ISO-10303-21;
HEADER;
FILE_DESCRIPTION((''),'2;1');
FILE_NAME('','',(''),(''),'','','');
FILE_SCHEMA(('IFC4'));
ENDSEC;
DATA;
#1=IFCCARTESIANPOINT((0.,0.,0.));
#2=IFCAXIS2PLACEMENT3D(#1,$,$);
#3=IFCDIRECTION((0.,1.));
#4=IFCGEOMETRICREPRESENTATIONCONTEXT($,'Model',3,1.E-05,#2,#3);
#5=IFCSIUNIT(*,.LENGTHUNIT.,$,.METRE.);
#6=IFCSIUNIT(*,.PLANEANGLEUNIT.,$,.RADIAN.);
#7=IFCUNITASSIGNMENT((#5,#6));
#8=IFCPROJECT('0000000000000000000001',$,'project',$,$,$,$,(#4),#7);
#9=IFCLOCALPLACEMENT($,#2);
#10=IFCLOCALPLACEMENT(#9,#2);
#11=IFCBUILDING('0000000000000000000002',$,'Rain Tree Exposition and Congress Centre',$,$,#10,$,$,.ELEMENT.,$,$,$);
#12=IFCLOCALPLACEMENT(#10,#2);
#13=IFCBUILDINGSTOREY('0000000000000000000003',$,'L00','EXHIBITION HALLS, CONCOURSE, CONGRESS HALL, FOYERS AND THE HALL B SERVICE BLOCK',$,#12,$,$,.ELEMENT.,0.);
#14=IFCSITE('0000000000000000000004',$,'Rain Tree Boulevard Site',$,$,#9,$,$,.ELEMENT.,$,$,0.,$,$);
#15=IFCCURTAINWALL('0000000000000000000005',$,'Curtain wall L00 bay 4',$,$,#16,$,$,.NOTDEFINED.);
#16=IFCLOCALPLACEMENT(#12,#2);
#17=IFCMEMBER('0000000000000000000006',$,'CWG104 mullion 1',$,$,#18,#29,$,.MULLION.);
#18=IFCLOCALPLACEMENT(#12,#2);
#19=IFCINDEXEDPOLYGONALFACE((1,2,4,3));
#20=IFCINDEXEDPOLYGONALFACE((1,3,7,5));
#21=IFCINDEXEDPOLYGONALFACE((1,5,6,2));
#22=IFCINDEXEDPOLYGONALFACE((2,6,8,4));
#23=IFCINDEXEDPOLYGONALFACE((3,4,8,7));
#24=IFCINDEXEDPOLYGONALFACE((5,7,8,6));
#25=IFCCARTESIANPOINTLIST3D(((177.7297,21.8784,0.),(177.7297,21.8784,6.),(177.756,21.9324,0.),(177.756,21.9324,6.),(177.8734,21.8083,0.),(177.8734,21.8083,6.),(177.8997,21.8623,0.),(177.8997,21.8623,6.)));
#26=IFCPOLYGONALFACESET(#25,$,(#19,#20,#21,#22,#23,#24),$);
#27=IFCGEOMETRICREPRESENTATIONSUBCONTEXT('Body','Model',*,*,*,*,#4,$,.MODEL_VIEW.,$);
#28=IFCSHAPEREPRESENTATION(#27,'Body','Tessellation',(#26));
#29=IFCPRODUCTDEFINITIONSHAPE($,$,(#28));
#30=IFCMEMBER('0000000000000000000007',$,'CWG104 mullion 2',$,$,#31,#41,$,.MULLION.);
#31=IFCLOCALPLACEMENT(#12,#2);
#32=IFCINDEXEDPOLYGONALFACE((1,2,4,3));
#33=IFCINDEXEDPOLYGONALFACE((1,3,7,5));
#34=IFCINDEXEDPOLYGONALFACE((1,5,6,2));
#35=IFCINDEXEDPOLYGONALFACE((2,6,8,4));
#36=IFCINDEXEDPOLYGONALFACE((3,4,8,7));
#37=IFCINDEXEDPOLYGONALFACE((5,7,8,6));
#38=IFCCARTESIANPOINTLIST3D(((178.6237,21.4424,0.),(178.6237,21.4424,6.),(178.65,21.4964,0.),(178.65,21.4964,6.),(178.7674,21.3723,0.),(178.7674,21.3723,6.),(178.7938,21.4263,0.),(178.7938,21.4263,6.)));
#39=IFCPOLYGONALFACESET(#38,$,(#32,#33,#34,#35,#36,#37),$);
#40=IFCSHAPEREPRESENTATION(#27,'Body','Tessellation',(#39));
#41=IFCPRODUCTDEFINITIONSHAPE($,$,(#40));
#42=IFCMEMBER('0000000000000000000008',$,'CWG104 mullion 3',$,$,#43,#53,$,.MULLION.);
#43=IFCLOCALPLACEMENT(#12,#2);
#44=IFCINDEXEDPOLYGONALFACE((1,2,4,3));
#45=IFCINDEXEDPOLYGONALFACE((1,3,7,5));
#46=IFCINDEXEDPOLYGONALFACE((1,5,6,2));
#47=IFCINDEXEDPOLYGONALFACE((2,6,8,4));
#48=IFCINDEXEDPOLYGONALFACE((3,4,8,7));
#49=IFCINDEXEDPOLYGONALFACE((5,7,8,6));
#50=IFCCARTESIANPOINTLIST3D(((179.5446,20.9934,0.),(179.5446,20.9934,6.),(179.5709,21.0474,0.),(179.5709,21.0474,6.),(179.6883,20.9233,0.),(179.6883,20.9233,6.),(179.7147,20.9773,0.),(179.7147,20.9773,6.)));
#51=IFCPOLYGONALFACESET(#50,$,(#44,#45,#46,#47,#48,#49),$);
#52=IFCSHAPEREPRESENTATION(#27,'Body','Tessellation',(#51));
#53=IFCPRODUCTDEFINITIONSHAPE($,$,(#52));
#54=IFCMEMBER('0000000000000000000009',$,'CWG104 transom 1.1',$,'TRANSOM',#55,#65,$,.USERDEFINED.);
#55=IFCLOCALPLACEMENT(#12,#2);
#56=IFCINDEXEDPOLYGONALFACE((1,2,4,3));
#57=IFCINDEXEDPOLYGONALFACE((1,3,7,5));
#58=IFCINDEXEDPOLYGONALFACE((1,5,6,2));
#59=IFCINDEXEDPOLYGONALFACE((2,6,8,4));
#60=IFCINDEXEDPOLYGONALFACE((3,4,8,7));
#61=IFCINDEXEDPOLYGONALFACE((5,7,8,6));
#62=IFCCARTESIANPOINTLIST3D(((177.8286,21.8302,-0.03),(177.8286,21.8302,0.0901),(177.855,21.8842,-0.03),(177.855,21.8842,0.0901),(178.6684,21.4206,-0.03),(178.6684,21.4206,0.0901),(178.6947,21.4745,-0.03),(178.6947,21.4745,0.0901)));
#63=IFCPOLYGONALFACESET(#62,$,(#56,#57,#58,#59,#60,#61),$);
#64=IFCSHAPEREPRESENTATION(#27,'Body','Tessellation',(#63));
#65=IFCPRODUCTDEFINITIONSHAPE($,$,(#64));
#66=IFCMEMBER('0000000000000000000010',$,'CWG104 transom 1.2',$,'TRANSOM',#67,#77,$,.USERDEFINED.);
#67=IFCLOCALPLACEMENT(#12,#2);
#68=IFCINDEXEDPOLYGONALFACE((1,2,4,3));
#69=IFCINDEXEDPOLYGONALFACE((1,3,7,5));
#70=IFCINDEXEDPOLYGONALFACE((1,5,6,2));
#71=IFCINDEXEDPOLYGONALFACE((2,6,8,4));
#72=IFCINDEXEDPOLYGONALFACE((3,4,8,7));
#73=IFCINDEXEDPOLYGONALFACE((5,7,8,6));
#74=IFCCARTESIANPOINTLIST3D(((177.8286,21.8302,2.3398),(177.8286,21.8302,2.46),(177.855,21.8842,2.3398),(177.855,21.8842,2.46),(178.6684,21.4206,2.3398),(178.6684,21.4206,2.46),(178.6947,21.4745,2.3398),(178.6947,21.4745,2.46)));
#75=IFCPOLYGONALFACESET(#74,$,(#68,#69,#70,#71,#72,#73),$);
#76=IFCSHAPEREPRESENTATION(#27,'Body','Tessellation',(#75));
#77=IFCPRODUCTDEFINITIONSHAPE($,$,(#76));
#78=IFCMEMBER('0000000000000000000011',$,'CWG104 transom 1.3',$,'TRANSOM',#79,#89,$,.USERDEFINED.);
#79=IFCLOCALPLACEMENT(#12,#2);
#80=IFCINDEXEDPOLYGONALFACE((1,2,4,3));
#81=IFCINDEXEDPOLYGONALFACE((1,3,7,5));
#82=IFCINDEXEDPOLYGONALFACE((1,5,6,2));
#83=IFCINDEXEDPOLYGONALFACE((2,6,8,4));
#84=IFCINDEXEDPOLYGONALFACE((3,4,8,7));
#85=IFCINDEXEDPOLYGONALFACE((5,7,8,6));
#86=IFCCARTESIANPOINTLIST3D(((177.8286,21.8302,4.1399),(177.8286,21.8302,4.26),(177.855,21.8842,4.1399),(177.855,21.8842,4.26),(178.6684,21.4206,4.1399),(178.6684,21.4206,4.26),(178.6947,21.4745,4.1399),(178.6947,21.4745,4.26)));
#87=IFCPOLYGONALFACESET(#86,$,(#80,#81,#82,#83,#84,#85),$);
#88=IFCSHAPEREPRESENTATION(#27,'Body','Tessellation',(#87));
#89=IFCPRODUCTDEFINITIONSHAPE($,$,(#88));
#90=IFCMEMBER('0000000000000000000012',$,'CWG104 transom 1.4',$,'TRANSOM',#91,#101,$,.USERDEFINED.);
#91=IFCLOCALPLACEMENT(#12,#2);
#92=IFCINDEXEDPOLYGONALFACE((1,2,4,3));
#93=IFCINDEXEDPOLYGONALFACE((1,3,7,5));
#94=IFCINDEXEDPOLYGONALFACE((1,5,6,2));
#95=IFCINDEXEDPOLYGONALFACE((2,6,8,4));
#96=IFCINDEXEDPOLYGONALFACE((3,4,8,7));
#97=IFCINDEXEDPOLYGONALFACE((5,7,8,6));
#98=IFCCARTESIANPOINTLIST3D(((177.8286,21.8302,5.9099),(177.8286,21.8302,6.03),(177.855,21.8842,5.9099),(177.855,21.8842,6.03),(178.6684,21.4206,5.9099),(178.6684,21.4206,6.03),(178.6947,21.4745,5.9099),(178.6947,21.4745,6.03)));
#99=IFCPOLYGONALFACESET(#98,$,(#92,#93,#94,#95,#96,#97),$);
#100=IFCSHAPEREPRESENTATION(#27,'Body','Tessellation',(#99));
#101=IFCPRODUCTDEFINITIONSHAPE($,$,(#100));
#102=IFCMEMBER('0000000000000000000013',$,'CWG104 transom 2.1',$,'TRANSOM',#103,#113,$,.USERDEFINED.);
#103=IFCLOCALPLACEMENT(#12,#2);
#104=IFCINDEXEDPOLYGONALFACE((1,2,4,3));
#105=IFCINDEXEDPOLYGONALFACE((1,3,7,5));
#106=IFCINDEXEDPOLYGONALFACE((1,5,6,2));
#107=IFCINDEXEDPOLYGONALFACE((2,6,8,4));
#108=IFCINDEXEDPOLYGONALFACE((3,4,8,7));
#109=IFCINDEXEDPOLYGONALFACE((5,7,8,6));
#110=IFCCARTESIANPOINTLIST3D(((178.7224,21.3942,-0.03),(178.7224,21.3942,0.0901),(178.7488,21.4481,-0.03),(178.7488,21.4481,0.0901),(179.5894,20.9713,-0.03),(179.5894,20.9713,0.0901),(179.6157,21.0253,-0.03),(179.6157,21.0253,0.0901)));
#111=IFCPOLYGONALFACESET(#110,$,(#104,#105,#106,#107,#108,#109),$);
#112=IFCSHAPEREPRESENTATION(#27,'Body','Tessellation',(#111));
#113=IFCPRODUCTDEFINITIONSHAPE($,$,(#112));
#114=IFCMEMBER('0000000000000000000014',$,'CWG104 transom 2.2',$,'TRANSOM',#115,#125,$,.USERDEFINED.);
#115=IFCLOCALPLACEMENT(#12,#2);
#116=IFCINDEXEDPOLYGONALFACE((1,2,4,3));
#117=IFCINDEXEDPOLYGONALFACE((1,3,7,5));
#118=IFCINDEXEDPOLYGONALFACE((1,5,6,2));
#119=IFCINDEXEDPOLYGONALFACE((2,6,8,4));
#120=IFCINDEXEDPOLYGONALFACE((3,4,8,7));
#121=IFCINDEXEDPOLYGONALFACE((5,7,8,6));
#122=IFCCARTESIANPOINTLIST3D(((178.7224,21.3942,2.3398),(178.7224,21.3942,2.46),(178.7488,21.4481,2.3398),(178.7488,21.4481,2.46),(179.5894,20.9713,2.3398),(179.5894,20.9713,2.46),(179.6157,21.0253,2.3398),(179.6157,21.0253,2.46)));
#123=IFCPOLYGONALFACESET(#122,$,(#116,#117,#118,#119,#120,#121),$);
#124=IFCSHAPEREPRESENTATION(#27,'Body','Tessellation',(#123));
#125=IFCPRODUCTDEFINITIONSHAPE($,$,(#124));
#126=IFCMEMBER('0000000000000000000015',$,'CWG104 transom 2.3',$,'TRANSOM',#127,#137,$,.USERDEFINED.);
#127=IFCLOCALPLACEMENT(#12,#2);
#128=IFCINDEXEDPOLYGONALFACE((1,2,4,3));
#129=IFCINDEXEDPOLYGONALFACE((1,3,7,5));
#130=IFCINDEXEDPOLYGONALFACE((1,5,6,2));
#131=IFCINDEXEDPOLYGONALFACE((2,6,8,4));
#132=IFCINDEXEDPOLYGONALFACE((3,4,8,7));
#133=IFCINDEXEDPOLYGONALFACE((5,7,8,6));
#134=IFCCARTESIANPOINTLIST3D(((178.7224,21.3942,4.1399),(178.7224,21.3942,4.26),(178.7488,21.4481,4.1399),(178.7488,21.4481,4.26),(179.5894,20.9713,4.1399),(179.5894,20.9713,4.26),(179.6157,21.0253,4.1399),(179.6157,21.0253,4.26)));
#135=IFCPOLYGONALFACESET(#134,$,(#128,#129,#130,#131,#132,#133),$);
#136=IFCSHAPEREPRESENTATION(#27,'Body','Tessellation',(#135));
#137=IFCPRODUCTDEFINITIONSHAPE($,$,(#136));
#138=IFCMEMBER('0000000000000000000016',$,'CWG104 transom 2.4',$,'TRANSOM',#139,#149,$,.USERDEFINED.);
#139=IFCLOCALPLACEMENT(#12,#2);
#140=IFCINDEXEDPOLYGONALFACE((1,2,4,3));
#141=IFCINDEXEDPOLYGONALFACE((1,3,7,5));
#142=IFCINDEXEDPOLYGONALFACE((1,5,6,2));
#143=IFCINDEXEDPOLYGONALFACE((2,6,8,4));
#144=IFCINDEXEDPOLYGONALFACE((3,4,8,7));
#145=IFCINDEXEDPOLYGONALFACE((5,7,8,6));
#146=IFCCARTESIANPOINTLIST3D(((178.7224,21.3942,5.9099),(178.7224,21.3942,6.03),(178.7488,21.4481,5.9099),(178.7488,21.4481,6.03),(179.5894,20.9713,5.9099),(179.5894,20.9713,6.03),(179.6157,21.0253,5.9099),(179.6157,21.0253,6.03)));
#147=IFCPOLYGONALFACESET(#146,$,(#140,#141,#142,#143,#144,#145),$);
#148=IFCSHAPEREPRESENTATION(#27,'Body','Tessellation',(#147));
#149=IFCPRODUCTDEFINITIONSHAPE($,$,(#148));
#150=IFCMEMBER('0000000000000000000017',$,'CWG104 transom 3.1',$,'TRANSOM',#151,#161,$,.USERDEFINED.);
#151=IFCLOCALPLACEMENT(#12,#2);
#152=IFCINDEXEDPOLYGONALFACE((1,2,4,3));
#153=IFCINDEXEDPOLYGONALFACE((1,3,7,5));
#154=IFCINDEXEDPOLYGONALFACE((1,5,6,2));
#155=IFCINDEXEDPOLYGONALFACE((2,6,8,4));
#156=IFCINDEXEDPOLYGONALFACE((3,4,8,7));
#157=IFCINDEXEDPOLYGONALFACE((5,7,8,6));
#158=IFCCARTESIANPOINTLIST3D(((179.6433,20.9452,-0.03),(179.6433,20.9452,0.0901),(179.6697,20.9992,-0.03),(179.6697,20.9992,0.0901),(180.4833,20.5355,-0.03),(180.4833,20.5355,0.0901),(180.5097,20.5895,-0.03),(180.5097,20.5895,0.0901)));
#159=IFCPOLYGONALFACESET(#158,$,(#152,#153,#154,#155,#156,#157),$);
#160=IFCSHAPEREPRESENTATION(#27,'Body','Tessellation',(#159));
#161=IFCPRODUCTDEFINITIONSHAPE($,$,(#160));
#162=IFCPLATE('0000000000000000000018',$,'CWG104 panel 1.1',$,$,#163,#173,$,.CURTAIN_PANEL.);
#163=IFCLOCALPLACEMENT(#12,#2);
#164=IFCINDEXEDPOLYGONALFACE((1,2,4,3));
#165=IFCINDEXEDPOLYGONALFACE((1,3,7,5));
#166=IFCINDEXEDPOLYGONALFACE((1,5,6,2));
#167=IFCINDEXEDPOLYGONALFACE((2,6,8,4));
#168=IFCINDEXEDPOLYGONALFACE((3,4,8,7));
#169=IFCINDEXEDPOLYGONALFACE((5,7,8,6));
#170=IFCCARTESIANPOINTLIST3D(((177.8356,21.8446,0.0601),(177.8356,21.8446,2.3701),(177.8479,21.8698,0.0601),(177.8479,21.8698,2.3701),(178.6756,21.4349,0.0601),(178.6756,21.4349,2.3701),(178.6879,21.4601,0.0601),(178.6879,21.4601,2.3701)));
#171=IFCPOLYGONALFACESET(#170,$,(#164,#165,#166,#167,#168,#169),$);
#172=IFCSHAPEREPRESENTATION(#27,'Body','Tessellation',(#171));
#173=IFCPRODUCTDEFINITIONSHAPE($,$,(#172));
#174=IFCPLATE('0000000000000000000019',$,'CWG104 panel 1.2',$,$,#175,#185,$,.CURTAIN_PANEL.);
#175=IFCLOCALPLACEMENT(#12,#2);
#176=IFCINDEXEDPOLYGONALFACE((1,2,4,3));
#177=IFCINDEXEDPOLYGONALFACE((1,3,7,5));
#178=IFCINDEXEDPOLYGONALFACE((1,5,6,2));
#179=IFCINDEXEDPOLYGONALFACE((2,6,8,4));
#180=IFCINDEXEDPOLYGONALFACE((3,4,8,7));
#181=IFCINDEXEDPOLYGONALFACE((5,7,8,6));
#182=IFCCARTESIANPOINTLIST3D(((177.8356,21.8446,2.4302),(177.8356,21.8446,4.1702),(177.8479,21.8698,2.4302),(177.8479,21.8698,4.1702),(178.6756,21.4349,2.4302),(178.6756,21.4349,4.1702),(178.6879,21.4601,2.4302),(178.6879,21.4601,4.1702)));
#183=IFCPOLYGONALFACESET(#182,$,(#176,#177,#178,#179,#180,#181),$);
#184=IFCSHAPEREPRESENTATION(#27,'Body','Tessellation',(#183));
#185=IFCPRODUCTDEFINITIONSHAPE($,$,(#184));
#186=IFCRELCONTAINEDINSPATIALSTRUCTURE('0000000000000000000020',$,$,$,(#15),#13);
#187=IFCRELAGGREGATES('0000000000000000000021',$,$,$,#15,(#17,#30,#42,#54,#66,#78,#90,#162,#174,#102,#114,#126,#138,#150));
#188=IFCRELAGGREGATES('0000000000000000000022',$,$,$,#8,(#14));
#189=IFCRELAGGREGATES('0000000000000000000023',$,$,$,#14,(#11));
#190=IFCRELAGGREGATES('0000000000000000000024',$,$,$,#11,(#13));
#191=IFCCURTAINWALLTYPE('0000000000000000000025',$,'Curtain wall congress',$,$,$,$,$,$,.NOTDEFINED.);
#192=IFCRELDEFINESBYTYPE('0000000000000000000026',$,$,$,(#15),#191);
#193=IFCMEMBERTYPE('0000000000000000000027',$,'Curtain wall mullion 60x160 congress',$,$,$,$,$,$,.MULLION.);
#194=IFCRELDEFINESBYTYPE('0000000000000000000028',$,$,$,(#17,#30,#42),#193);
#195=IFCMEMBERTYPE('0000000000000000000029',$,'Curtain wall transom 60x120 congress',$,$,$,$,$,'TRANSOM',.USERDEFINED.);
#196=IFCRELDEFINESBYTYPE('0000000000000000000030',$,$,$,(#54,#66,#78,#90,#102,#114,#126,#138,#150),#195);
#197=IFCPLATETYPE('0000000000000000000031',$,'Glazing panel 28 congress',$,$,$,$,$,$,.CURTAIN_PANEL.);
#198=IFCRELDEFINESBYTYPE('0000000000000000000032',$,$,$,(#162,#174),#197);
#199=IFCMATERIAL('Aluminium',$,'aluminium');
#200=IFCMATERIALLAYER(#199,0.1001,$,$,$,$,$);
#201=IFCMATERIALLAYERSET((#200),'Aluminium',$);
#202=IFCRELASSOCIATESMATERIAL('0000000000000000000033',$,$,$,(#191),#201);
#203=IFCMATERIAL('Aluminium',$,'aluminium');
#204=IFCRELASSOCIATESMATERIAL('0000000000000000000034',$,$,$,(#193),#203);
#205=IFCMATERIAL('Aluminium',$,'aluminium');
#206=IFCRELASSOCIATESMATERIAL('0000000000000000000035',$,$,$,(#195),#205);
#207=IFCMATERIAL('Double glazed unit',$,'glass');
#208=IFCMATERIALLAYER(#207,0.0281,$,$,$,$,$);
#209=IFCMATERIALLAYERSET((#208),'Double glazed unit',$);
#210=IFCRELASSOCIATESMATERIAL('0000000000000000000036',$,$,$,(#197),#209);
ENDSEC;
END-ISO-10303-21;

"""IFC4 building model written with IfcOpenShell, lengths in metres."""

from ifc_helpers import new_model, si_unit, direction, frame, origin, origin_2d, place, context, subcontext, project, spatial, rectangle, extrude, material, layer, layer_set, material_profile, profile_set, type_object, element, aggregate, save


model = new_model("IFC4")

# Units and contexts
model_context = context("Model", 3, precision=1e-05, world=origin(), true_north=direction((0.0, 1.0)))
body_context = subcontext(model_context, "Body", "Model", "MODEL_VIEW")
ifc_project = project(units=[si_unit("LENGTHUNIT", "METRE"), si_unit("PLANEANGLEUNIT", "RADIAN")], contexts=[model_context])

# Site, building, storey
site_placement = place(None, origin())
site = spatial("IfcSite", under=ifc_project, at=site_placement, Name="Rain Tree Boulevard Site", CompositionType="ELEMENT", RefElevation=0.0)
building_placement = place(site_placement, origin())
building = spatial("IfcBuilding", under=site, at=building_placement, Name="Rain Tree Exposition and Congress Centre", CompositionType="ELEMENT")
storey_placement = place(building_placement, origin())
storey = spatial("IfcBuildingStorey", under=building, at=storey_placement, Name="L00", Description="EXHIBITION HALLS, CONCOURSE, CONGRESS HALL, FOYERS AND THE HALL B SERVICE BLOCK", CompositionType="ELEMENT", Elevation=0.0)

# Curtain wall, members, plates
ifc_material_1 = material(Name="Aluminium", Category="aluminium")
ifc_layer_1 = layer(ifc_material_1, 0.1001)
ifc_layer_set_1 = layer_set([ifc_layer_1], Name="Aluminium")
curtain_wall_type = type_object("IfcCurtainWallType", Name="Curtain wall congress", PredefinedType="NOTDEFINED", material=ifc_layer_set_1)
curtain_wall_placement = place(storey_placement, origin())
curtain_wall = element("IfcCurtainWall", 1, at=curtain_wall_placement, inside=storey, type_object=curtain_wall_type, Name="Curtain wall L00 bay 4", PredefinedType="NOTDEFINED")
ifc_material_2 = material(Name="Aluminium", Category="aluminium")
ifc_material_profile_1 = material_profile(ifc_material_2, rectangle(XDim=0.0601, YDim=0.1599, at=origin_2d()), Name="AL 60x160")
ifc_profile_set_1 = profile_set([ifc_material_profile_1], Name="Aluminium")
member_type_1 = type_object("IfcMemberType", Name="Curtain wall mullion 60x160 congress", PredefinedType="MULLION", material=ifc_profile_set_1)
member_1_placement = place(storey_placement, frame((177.8147, 21.8704, 0.0), z_axis=(0.0, 0.0, 1.0), x_axis=(0.438369, 0.898795, 0.0)))
member_1 = element("IfcMember", 2, at=member_1_placement, type_object=member_type_1, Name="CWG104 mullion 1", PredefinedType="MULLION", context=body_context, shape_type="SweptSolid", body=[
    extrude(rectangle(XDim=0.0601, YDim=0.1599, at=origin_2d()), origin(), (0.0, 0.0, 1.0), 6.0),
])
member_2_placement = place(storey_placement, frame((178.7087, 21.4343, 0.0), z_axis=(0.0, 0.0, 1.0), x_axis=(0.438369, 0.898795, 0.0)))
member_2 = element("IfcMember", 3, at=member_2_placement, type_object=member_type_1, Name="CWG104 mullion 2", PredefinedType="MULLION", context=body_context, shape_type="SweptSolid", body=[
    extrude(rectangle(XDim=0.0601, YDim=0.1599, at=origin_2d()), origin(), (0.0, 0.0, 1.0), 6.0),
])
member_3_placement = place(storey_placement, frame((179.6296, 20.9854, 0.0), z_axis=(0.0, 0.0, 1.0), x_axis=(0.438369, 0.898795, 0.0)))
member_3 = element("IfcMember", 4, at=member_3_placement, type_object=member_type_1, Name="CWG104 mullion 3", PredefinedType="MULLION", context=body_context, shape_type="SweptSolid", body=[
    extrude(rectangle(XDim=0.0601, YDim=0.1599, at=origin_2d()), origin(), (0.0, 0.0, 1.0), 6.0),
])
ifc_material_3 = material(Name="Aluminium", Category="aluminium")
ifc_material_profile_2 = material_profile(ifc_material_3, rectangle(XDim=0.0601, YDim=0.1201, at=origin_2d()), Name="AL 60x120")
ifc_profile_set_2 = profile_set([ifc_material_profile_2], Name="Aluminium")
member_type_2 = type_object("IfcMemberType", Name="Curtain wall transom 60x120 congress", ElementType="TRANSOM", PredefinedType="USERDEFINED", material=ifc_profile_set_2)
member_4_placement = place(storey_placement, frame((177.8418, 21.8572, 0.03), z_axis=(0.898773, -0.438413, 0.0), x_axis=(0.438413, 0.898773, 0.0)))
member_4 = element("IfcMember", 5, at=member_4_placement, type_object=member_type_2, Name="CWG104 transom 1.1", ObjectType="TRANSOM", PredefinedType="USERDEFINED", context=body_context, shape_type="SweptSolid", body=[
    extrude(rectangle(XDim=0.0601, YDim=0.1201, at=origin_2d()), origin(), (0.0, 0.0, 1.0), 0.9343),
])
member_5_placement = place(storey_placement, frame((177.8418, 21.8572, 2.3999), z_axis=(0.898773, -0.438413, 0.0), x_axis=(0.438413, 0.898773, 0.0)))
member_5 = element("IfcMember", 6, at=member_5_placement, type_object=member_type_2, Name="CWG104 transom 1.2", ObjectType="TRANSOM", PredefinedType="USERDEFINED", context=body_context, shape_type="SweptSolid", body=[
    extrude(rectangle(XDim=0.0601, YDim=0.1201, at=origin_2d()), origin(), (0.0, 0.0, 1.0), 0.9343),
])
member_6_placement = place(storey_placement, frame((177.8418, 21.8572, 4.2), z_axis=(0.898773, -0.438413, 0.0), x_axis=(0.438413, 0.898773, 0.0)))
member_6 = element("IfcMember", 7, at=member_6_placement, type_object=member_type_2, Name="CWG104 transom 1.3", ObjectType="TRANSOM", PredefinedType="USERDEFINED", context=body_context, shape_type="SweptSolid", body=[
    extrude(rectangle(XDim=0.0601, YDim=0.1201, at=origin_2d()), origin(), (0.0, 0.0, 1.0), 0.9343),
])
member_7_placement = place(storey_placement, frame((177.8418, 21.8572, 5.97), z_axis=(0.898773, -0.438413, 0.0), x_axis=(0.438413, 0.898773, 0.0)))
member_7 = element("IfcMember", 8, at=member_7_placement, type_object=member_type_2, Name="CWG104 transom 1.4", ObjectType="TRANSOM", PredefinedType="USERDEFINED", context=body_context, shape_type="SweptSolid", body=[
    extrude(rectangle(XDim=0.0601, YDim=0.1201, at=origin_2d()), origin(), (0.0, 0.0, 1.0), 0.9343),
])
member_8_placement = place(storey_placement, frame((178.7356, 21.4211, 0.03), z_axis=(0.898788, -0.438384, 0.0), x_axis=(0.438384, 0.898788, 0.0)))
member_8 = element("IfcMember", 9, at=member_8_placement, type_object=member_type_2, Name="CWG104 transom 2.1", ObjectType="TRANSOM", PredefinedType="USERDEFINED", context=body_context, shape_type="SweptSolid", body=[
    extrude(rectangle(XDim=0.0601, YDim=0.1201, at=origin_2d()), origin(), (0.0, 0.0, 1.0), 0.9646),
])
member_9_placement = place(storey_placement, frame((178.7356, 21.4211, 2.3999), z_axis=(0.898788, -0.438384, 0.0), x_axis=(0.438384, 0.898788, 0.0)))
member_9 = element("IfcMember", 10, at=member_9_placement, type_object=member_type_2, Name="CWG104 transom 2.2", ObjectType="TRANSOM", PredefinedType="USERDEFINED", context=body_context, shape_type="SweptSolid", body=[
    extrude(rectangle(XDim=0.0601, YDim=0.1201, at=origin_2d()), origin(), (0.0, 0.0, 1.0), 0.9646),
])
member_10_placement = place(storey_placement, frame((178.7356, 21.4211, 4.2), z_axis=(0.898788, -0.438384, 0.0), x_axis=(0.438384, 0.898788, 0.0)))
member_10 = element("IfcMember", 11, at=member_10_placement, type_object=member_type_2, Name="CWG104 transom 2.3", ObjectType="TRANSOM", PredefinedType="USERDEFINED", context=body_context, shape_type="SweptSolid", body=[
    extrude(rectangle(XDim=0.0601, YDim=0.1201, at=origin_2d()), origin(), (0.0, 0.0, 1.0), 0.9646),
])
member_11_placement = place(storey_placement, frame((178.7356, 21.4211, 5.97), z_axis=(0.898788, -0.438384, 0.0), x_axis=(0.438384, 0.898788, 0.0)))
member_11 = element("IfcMember", 12, at=member_11_placement, type_object=member_type_2, Name="CWG104 transom 2.4", ObjectType="TRANSOM", PredefinedType="USERDEFINED", context=body_context, shape_type="SweptSolid", body=[
    extrude(rectangle(XDim=0.0601, YDim=0.1201, at=origin_2d()), origin(), (0.0, 0.0, 1.0), 0.9646),
])
member_12_placement = place(storey_placement, frame((179.6565, 20.9722, 0.03), z_axis=(0.898824, -0.43831, 0.0), x_axis=(0.43831, 0.898824, 0.0)))
member_12 = element("IfcMember", 13, at=member_12_placement, type_object=member_type_2, Name="CWG104 transom 3.1", ObjectType="TRANSOM", PredefinedType="USERDEFINED", context=body_context, shape_type="SweptSolid", body=[
    extrude(rectangle(XDim=0.0601, YDim=0.1201, at=origin_2d()), origin(), (0.0, 0.0, 1.0), 0.9346),
])
ifc_material_4 = material(Name="Double glazed unit", Category="glass")
ifc_layer_2 = layer(ifc_material_4, 0.0281)
ifc_layer_set_2 = layer_set([ifc_layer_2], Name="Double glazed unit")
plate_type = type_object("IfcPlateType", Name="Glazing panel 28 congress", PredefinedType="CURTAIN_PANEL", material=ifc_layer_set_2)
plate_1_placement = place(storey_placement, frame((178.2617, 21.6523, 0.0601), z_axis=(0.0, 0.0, 1.0), x_axis=(0.898795, -0.438369, 0.0)))
plate_1 = element("IfcPlate", 14, at=plate_1_placement, type_object=plate_type, Name="CWG104 panel 1.1", PredefinedType="CURTAIN_PANEL", context=body_context, shape_type="SweptSolid", body=[
    extrude(rectangle(XDim=0.9346, YDim=0.0281, at=origin_2d()), origin(), (0.0, 0.0, 1.0), 2.3101),
])
plate_2_placement = place(storey_placement, frame((178.2617, 21.6523, 2.4302), z_axis=(0.0, 0.0, 1.0), x_axis=(0.898795, -0.438369, 0.0)))
plate_2 = element("IfcPlate", 15, at=plate_2_placement, type_object=plate_type, Name="CWG104 panel 1.2", PredefinedType="CURTAIN_PANEL", context=body_context, shape_type="SweptSolid", body=[
    extrude(rectangle(XDim=0.9346, YDim=0.0281, at=origin_2d()), origin(), (0.0, 0.0, 1.0), 1.74),
])
aggregate(curtain_wall, [member_1, member_2, member_3, member_4, member_5, member_6, member_7, plate_1, plate_2, member_8, member_9, member_10, member_11, member_12])

save(model, "model.ifc")
